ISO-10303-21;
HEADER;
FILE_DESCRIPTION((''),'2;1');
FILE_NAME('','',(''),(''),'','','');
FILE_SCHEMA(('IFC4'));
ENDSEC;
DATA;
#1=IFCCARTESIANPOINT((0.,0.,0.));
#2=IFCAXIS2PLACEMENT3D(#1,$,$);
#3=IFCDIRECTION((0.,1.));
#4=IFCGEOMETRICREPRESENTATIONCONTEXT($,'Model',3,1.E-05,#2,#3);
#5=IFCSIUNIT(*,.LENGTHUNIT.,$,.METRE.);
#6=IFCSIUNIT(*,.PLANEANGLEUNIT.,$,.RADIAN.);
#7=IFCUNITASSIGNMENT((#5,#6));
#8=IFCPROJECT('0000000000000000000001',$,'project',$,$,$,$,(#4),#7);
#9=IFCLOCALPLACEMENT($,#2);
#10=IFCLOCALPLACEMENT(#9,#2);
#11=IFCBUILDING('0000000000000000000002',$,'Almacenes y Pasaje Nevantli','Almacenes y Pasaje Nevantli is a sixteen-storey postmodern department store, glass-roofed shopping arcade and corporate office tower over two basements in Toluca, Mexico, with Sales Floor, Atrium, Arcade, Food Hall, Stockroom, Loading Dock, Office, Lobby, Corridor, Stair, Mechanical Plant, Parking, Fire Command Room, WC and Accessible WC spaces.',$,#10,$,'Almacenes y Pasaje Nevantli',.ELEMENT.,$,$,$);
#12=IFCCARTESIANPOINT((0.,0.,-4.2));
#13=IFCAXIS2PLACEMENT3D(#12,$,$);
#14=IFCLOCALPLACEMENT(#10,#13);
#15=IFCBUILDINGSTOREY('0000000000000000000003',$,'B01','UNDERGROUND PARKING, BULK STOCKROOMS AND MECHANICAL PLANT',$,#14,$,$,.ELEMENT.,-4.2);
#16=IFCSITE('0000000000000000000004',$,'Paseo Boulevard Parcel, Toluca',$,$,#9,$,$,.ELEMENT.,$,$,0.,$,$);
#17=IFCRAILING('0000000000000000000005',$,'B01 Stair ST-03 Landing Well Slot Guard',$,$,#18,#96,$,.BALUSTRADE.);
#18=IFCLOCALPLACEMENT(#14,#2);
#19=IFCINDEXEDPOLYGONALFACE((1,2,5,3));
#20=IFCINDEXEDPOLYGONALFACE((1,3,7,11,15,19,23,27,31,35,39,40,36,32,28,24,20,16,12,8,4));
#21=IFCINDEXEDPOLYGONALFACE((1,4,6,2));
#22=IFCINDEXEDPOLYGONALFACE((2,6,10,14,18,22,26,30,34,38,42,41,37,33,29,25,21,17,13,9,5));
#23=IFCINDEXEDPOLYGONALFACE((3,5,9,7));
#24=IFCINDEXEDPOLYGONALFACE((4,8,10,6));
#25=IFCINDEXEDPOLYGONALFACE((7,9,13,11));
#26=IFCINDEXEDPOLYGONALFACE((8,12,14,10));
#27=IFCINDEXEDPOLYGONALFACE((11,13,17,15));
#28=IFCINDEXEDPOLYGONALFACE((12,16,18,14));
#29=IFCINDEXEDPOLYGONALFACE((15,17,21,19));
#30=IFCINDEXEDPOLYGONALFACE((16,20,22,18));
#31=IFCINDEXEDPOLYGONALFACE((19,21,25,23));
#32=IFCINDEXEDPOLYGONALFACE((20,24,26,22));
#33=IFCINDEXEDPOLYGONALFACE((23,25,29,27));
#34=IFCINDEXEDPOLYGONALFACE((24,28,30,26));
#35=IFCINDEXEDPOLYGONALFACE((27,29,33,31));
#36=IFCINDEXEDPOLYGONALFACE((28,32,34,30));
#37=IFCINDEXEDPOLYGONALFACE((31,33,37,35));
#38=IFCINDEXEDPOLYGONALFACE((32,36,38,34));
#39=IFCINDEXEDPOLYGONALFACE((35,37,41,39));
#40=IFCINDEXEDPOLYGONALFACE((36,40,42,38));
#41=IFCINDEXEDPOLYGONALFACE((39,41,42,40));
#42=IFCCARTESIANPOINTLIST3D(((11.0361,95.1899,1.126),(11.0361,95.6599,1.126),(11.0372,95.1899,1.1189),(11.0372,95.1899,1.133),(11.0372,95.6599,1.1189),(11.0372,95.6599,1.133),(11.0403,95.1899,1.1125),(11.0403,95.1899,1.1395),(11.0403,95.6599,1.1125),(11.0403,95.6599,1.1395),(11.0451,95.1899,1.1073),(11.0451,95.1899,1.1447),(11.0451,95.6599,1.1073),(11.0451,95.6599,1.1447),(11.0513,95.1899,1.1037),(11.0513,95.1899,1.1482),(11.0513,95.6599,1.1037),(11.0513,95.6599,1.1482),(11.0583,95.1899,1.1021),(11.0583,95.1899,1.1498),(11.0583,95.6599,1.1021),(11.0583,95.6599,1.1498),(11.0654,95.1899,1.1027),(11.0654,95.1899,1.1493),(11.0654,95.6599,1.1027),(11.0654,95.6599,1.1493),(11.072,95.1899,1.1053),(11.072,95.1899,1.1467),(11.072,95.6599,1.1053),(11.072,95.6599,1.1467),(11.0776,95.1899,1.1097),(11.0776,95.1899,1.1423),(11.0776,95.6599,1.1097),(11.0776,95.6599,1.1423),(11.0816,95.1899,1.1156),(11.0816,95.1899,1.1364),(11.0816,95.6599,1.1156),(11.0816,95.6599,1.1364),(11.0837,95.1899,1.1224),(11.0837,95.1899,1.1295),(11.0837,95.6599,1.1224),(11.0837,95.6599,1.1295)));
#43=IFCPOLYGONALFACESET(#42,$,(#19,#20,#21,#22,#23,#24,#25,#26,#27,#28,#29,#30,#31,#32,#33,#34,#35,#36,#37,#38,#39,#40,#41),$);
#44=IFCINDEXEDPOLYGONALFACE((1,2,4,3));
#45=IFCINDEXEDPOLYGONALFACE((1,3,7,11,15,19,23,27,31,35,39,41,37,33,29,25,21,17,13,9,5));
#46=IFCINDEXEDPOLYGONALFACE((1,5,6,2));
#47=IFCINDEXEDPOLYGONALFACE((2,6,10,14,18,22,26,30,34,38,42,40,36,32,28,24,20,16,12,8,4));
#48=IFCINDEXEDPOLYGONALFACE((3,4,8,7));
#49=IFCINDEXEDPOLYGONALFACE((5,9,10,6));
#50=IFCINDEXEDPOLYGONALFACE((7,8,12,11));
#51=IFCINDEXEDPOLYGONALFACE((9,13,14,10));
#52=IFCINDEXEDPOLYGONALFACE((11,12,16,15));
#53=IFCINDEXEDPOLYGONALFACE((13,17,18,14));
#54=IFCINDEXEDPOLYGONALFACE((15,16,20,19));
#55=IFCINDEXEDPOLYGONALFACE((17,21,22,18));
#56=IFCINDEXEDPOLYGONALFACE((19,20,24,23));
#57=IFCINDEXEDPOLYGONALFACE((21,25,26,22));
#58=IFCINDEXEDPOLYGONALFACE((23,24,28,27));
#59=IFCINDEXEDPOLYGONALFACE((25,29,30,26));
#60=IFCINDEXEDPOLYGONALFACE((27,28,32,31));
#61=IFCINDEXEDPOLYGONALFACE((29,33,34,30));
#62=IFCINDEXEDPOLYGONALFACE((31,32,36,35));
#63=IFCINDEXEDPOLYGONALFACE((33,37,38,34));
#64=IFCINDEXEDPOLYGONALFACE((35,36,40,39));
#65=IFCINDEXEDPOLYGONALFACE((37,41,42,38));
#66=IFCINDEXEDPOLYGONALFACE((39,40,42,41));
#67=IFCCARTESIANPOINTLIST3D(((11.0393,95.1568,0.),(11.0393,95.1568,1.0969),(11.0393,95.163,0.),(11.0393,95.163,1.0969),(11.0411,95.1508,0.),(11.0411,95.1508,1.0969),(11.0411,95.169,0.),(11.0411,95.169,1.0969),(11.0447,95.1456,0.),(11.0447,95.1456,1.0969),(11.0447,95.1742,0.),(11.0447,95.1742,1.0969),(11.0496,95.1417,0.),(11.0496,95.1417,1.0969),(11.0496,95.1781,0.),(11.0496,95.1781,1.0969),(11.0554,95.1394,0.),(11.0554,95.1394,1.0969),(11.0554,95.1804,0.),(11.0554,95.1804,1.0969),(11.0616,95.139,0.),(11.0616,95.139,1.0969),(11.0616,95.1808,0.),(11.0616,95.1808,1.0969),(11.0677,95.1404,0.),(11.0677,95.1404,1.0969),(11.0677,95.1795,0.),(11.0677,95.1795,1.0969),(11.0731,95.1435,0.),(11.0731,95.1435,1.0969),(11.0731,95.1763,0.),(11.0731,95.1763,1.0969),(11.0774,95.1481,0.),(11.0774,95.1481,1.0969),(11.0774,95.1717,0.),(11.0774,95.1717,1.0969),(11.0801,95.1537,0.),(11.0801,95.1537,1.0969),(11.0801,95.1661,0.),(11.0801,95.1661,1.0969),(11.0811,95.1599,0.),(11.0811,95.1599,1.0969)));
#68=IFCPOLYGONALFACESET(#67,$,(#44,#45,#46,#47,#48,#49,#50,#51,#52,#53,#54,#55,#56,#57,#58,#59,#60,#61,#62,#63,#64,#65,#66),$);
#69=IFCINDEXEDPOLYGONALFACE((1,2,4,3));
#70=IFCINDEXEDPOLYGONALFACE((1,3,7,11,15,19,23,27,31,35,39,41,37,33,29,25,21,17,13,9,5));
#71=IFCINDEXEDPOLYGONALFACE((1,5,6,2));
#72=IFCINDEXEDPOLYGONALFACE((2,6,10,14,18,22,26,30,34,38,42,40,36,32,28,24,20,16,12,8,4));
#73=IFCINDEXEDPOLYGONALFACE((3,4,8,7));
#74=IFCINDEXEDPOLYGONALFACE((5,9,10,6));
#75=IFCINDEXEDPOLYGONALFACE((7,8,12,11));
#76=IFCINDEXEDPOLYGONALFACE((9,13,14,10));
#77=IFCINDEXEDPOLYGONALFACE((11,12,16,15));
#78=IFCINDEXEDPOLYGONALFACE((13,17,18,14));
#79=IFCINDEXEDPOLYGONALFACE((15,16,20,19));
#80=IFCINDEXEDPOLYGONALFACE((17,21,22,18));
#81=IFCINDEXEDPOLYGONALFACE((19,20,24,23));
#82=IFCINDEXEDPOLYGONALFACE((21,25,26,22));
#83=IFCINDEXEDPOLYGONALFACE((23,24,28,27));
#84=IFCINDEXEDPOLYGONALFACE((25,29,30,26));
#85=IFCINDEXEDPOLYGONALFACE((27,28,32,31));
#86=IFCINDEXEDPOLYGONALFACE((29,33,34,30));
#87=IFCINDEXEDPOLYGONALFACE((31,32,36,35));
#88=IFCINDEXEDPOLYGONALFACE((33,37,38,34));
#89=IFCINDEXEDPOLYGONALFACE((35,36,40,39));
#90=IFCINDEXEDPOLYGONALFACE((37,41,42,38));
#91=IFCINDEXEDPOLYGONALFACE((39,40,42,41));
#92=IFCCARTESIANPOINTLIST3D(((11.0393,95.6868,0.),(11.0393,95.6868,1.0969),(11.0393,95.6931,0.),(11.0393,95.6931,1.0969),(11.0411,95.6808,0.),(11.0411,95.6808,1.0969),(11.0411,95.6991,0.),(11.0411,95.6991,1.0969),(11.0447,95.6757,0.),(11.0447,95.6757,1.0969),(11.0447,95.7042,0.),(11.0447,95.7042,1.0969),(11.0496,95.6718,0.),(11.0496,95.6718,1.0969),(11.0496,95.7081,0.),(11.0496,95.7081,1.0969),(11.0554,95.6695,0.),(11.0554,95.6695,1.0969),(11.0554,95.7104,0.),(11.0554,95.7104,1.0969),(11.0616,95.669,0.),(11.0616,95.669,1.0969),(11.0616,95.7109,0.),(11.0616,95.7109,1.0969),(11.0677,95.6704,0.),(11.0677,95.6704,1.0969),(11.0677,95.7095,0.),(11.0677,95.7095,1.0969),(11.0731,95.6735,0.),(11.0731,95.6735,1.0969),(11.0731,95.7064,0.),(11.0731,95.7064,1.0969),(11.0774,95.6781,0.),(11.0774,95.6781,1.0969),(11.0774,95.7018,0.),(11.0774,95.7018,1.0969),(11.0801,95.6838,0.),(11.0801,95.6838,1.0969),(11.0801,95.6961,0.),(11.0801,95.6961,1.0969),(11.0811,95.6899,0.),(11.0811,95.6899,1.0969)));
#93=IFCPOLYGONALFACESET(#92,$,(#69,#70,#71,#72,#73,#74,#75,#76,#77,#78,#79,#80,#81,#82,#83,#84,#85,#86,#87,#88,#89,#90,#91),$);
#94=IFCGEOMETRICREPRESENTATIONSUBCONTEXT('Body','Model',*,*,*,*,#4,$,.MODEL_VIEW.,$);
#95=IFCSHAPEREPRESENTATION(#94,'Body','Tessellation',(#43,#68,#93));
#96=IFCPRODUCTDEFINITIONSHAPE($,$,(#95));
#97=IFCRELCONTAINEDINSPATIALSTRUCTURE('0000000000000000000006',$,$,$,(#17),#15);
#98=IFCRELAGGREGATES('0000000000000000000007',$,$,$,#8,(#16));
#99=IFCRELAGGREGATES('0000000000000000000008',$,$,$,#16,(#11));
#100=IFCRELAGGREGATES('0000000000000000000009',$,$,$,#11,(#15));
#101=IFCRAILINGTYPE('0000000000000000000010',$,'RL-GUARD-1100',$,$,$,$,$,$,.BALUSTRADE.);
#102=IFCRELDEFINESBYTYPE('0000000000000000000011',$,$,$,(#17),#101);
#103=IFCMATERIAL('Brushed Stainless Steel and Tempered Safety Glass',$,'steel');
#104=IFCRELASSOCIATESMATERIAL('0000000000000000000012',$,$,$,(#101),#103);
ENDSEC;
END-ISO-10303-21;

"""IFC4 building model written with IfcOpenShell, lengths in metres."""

from ifc_helpers import new_model, si_unit, direction, frame, origin, origin_2d, place, context, subcontext, project, spatial, circle, extrude, material, type_object, element, save


model = new_model("IFC4")

# Units and contexts
model_context = context("Model", 3, precision=1e-05, world=origin(), true_north=direction((0.0, 1.0)))
body_context = subcontext(model_context, "Body", "Model", "MODEL_VIEW")
ifc_project = project(units=[si_unit("LENGTHUNIT", "METRE"), si_unit("PLANEANGLEUNIT", "RADIAN")], contexts=[model_context])

# Site, building, storey
site_placement = place(None, origin())
site = spatial("IfcSite", under=ifc_project, at=site_placement, Name="Paseo Boulevard Parcel, Toluca", CompositionType="ELEMENT", RefElevation=0.0)
building_placement = place(site_placement, origin())
building = spatial("IfcBuilding", under=site, at=building_placement, Name="Almacenes y Pasaje Nevantli", Description="Almacenes y Pasaje Nevantli is a sixteen-storey postmodern department store, glass-roofed shopping arcade and corporate office tower over two basements in Toluca, Mexico, with Sales Floor, Atrium, Arcade, Food Hall, Stockroom, Loading Dock, Office, Lobby, Corridor, Stair, Mechanical Plant, Parking, Fire Command Room, WC and Accessible WC spaces.", LongName="Almacenes y Pasaje Nevantli", CompositionType="ELEMENT")
storey_placement = place(building_placement, frame((0.0, 0.0, -4.2)))
storey = spatial("IfcBuildingStorey", under=building, at=storey_placement, Name="B01", Description="UNDERGROUND PARKING, BULK STOCKROOMS AND MECHANICAL PLANT", CompositionType="ELEMENT", Elevation=-4.2)

# Railing
ifc_material_1 = material(Name="Brushed Stainless Steel and Tempered Safety Glass", Category="steel")
railing_type_1 = type_object("IfcRailingType", Name="RL-GUARD-1100", PredefinedType="BALUSTRADE", material=ifc_material_1)
railing_1_placement = place(storey_placement, frame((11.0601, 95.1599, 0.0)))
element("IfcRailing", 1, at=railing_1_placement, inside=storey, type_object=railing_type_1, Name="B01 Stair ST-03 Landing Well Slot Guard", PredefinedType="BALUSTRADE", context=body_context, shape_type="SweptSolid", body=[
    extrude(circle(Radius=0.0239, at=origin_2d()), frame((0.0, 0.03, 1.126), z_axis=(0.0, 1.0, 0.0), x_axis=(-1.0, 0.0, 0.0)), (0.0, 0.0, 1.0), 0.47),
    extrude(circle(Radius=0.021, at=origin_2d()), origin(), (0.0, 0.0, 1.0), 1.0969),
    extrude(circle(Radius=0.021, at=origin_2d()), frame((0.0, 0.53, 0.0)), (0.0, 0.0, 1.0), 1.0969),
])

save(model, "model.ifc")
